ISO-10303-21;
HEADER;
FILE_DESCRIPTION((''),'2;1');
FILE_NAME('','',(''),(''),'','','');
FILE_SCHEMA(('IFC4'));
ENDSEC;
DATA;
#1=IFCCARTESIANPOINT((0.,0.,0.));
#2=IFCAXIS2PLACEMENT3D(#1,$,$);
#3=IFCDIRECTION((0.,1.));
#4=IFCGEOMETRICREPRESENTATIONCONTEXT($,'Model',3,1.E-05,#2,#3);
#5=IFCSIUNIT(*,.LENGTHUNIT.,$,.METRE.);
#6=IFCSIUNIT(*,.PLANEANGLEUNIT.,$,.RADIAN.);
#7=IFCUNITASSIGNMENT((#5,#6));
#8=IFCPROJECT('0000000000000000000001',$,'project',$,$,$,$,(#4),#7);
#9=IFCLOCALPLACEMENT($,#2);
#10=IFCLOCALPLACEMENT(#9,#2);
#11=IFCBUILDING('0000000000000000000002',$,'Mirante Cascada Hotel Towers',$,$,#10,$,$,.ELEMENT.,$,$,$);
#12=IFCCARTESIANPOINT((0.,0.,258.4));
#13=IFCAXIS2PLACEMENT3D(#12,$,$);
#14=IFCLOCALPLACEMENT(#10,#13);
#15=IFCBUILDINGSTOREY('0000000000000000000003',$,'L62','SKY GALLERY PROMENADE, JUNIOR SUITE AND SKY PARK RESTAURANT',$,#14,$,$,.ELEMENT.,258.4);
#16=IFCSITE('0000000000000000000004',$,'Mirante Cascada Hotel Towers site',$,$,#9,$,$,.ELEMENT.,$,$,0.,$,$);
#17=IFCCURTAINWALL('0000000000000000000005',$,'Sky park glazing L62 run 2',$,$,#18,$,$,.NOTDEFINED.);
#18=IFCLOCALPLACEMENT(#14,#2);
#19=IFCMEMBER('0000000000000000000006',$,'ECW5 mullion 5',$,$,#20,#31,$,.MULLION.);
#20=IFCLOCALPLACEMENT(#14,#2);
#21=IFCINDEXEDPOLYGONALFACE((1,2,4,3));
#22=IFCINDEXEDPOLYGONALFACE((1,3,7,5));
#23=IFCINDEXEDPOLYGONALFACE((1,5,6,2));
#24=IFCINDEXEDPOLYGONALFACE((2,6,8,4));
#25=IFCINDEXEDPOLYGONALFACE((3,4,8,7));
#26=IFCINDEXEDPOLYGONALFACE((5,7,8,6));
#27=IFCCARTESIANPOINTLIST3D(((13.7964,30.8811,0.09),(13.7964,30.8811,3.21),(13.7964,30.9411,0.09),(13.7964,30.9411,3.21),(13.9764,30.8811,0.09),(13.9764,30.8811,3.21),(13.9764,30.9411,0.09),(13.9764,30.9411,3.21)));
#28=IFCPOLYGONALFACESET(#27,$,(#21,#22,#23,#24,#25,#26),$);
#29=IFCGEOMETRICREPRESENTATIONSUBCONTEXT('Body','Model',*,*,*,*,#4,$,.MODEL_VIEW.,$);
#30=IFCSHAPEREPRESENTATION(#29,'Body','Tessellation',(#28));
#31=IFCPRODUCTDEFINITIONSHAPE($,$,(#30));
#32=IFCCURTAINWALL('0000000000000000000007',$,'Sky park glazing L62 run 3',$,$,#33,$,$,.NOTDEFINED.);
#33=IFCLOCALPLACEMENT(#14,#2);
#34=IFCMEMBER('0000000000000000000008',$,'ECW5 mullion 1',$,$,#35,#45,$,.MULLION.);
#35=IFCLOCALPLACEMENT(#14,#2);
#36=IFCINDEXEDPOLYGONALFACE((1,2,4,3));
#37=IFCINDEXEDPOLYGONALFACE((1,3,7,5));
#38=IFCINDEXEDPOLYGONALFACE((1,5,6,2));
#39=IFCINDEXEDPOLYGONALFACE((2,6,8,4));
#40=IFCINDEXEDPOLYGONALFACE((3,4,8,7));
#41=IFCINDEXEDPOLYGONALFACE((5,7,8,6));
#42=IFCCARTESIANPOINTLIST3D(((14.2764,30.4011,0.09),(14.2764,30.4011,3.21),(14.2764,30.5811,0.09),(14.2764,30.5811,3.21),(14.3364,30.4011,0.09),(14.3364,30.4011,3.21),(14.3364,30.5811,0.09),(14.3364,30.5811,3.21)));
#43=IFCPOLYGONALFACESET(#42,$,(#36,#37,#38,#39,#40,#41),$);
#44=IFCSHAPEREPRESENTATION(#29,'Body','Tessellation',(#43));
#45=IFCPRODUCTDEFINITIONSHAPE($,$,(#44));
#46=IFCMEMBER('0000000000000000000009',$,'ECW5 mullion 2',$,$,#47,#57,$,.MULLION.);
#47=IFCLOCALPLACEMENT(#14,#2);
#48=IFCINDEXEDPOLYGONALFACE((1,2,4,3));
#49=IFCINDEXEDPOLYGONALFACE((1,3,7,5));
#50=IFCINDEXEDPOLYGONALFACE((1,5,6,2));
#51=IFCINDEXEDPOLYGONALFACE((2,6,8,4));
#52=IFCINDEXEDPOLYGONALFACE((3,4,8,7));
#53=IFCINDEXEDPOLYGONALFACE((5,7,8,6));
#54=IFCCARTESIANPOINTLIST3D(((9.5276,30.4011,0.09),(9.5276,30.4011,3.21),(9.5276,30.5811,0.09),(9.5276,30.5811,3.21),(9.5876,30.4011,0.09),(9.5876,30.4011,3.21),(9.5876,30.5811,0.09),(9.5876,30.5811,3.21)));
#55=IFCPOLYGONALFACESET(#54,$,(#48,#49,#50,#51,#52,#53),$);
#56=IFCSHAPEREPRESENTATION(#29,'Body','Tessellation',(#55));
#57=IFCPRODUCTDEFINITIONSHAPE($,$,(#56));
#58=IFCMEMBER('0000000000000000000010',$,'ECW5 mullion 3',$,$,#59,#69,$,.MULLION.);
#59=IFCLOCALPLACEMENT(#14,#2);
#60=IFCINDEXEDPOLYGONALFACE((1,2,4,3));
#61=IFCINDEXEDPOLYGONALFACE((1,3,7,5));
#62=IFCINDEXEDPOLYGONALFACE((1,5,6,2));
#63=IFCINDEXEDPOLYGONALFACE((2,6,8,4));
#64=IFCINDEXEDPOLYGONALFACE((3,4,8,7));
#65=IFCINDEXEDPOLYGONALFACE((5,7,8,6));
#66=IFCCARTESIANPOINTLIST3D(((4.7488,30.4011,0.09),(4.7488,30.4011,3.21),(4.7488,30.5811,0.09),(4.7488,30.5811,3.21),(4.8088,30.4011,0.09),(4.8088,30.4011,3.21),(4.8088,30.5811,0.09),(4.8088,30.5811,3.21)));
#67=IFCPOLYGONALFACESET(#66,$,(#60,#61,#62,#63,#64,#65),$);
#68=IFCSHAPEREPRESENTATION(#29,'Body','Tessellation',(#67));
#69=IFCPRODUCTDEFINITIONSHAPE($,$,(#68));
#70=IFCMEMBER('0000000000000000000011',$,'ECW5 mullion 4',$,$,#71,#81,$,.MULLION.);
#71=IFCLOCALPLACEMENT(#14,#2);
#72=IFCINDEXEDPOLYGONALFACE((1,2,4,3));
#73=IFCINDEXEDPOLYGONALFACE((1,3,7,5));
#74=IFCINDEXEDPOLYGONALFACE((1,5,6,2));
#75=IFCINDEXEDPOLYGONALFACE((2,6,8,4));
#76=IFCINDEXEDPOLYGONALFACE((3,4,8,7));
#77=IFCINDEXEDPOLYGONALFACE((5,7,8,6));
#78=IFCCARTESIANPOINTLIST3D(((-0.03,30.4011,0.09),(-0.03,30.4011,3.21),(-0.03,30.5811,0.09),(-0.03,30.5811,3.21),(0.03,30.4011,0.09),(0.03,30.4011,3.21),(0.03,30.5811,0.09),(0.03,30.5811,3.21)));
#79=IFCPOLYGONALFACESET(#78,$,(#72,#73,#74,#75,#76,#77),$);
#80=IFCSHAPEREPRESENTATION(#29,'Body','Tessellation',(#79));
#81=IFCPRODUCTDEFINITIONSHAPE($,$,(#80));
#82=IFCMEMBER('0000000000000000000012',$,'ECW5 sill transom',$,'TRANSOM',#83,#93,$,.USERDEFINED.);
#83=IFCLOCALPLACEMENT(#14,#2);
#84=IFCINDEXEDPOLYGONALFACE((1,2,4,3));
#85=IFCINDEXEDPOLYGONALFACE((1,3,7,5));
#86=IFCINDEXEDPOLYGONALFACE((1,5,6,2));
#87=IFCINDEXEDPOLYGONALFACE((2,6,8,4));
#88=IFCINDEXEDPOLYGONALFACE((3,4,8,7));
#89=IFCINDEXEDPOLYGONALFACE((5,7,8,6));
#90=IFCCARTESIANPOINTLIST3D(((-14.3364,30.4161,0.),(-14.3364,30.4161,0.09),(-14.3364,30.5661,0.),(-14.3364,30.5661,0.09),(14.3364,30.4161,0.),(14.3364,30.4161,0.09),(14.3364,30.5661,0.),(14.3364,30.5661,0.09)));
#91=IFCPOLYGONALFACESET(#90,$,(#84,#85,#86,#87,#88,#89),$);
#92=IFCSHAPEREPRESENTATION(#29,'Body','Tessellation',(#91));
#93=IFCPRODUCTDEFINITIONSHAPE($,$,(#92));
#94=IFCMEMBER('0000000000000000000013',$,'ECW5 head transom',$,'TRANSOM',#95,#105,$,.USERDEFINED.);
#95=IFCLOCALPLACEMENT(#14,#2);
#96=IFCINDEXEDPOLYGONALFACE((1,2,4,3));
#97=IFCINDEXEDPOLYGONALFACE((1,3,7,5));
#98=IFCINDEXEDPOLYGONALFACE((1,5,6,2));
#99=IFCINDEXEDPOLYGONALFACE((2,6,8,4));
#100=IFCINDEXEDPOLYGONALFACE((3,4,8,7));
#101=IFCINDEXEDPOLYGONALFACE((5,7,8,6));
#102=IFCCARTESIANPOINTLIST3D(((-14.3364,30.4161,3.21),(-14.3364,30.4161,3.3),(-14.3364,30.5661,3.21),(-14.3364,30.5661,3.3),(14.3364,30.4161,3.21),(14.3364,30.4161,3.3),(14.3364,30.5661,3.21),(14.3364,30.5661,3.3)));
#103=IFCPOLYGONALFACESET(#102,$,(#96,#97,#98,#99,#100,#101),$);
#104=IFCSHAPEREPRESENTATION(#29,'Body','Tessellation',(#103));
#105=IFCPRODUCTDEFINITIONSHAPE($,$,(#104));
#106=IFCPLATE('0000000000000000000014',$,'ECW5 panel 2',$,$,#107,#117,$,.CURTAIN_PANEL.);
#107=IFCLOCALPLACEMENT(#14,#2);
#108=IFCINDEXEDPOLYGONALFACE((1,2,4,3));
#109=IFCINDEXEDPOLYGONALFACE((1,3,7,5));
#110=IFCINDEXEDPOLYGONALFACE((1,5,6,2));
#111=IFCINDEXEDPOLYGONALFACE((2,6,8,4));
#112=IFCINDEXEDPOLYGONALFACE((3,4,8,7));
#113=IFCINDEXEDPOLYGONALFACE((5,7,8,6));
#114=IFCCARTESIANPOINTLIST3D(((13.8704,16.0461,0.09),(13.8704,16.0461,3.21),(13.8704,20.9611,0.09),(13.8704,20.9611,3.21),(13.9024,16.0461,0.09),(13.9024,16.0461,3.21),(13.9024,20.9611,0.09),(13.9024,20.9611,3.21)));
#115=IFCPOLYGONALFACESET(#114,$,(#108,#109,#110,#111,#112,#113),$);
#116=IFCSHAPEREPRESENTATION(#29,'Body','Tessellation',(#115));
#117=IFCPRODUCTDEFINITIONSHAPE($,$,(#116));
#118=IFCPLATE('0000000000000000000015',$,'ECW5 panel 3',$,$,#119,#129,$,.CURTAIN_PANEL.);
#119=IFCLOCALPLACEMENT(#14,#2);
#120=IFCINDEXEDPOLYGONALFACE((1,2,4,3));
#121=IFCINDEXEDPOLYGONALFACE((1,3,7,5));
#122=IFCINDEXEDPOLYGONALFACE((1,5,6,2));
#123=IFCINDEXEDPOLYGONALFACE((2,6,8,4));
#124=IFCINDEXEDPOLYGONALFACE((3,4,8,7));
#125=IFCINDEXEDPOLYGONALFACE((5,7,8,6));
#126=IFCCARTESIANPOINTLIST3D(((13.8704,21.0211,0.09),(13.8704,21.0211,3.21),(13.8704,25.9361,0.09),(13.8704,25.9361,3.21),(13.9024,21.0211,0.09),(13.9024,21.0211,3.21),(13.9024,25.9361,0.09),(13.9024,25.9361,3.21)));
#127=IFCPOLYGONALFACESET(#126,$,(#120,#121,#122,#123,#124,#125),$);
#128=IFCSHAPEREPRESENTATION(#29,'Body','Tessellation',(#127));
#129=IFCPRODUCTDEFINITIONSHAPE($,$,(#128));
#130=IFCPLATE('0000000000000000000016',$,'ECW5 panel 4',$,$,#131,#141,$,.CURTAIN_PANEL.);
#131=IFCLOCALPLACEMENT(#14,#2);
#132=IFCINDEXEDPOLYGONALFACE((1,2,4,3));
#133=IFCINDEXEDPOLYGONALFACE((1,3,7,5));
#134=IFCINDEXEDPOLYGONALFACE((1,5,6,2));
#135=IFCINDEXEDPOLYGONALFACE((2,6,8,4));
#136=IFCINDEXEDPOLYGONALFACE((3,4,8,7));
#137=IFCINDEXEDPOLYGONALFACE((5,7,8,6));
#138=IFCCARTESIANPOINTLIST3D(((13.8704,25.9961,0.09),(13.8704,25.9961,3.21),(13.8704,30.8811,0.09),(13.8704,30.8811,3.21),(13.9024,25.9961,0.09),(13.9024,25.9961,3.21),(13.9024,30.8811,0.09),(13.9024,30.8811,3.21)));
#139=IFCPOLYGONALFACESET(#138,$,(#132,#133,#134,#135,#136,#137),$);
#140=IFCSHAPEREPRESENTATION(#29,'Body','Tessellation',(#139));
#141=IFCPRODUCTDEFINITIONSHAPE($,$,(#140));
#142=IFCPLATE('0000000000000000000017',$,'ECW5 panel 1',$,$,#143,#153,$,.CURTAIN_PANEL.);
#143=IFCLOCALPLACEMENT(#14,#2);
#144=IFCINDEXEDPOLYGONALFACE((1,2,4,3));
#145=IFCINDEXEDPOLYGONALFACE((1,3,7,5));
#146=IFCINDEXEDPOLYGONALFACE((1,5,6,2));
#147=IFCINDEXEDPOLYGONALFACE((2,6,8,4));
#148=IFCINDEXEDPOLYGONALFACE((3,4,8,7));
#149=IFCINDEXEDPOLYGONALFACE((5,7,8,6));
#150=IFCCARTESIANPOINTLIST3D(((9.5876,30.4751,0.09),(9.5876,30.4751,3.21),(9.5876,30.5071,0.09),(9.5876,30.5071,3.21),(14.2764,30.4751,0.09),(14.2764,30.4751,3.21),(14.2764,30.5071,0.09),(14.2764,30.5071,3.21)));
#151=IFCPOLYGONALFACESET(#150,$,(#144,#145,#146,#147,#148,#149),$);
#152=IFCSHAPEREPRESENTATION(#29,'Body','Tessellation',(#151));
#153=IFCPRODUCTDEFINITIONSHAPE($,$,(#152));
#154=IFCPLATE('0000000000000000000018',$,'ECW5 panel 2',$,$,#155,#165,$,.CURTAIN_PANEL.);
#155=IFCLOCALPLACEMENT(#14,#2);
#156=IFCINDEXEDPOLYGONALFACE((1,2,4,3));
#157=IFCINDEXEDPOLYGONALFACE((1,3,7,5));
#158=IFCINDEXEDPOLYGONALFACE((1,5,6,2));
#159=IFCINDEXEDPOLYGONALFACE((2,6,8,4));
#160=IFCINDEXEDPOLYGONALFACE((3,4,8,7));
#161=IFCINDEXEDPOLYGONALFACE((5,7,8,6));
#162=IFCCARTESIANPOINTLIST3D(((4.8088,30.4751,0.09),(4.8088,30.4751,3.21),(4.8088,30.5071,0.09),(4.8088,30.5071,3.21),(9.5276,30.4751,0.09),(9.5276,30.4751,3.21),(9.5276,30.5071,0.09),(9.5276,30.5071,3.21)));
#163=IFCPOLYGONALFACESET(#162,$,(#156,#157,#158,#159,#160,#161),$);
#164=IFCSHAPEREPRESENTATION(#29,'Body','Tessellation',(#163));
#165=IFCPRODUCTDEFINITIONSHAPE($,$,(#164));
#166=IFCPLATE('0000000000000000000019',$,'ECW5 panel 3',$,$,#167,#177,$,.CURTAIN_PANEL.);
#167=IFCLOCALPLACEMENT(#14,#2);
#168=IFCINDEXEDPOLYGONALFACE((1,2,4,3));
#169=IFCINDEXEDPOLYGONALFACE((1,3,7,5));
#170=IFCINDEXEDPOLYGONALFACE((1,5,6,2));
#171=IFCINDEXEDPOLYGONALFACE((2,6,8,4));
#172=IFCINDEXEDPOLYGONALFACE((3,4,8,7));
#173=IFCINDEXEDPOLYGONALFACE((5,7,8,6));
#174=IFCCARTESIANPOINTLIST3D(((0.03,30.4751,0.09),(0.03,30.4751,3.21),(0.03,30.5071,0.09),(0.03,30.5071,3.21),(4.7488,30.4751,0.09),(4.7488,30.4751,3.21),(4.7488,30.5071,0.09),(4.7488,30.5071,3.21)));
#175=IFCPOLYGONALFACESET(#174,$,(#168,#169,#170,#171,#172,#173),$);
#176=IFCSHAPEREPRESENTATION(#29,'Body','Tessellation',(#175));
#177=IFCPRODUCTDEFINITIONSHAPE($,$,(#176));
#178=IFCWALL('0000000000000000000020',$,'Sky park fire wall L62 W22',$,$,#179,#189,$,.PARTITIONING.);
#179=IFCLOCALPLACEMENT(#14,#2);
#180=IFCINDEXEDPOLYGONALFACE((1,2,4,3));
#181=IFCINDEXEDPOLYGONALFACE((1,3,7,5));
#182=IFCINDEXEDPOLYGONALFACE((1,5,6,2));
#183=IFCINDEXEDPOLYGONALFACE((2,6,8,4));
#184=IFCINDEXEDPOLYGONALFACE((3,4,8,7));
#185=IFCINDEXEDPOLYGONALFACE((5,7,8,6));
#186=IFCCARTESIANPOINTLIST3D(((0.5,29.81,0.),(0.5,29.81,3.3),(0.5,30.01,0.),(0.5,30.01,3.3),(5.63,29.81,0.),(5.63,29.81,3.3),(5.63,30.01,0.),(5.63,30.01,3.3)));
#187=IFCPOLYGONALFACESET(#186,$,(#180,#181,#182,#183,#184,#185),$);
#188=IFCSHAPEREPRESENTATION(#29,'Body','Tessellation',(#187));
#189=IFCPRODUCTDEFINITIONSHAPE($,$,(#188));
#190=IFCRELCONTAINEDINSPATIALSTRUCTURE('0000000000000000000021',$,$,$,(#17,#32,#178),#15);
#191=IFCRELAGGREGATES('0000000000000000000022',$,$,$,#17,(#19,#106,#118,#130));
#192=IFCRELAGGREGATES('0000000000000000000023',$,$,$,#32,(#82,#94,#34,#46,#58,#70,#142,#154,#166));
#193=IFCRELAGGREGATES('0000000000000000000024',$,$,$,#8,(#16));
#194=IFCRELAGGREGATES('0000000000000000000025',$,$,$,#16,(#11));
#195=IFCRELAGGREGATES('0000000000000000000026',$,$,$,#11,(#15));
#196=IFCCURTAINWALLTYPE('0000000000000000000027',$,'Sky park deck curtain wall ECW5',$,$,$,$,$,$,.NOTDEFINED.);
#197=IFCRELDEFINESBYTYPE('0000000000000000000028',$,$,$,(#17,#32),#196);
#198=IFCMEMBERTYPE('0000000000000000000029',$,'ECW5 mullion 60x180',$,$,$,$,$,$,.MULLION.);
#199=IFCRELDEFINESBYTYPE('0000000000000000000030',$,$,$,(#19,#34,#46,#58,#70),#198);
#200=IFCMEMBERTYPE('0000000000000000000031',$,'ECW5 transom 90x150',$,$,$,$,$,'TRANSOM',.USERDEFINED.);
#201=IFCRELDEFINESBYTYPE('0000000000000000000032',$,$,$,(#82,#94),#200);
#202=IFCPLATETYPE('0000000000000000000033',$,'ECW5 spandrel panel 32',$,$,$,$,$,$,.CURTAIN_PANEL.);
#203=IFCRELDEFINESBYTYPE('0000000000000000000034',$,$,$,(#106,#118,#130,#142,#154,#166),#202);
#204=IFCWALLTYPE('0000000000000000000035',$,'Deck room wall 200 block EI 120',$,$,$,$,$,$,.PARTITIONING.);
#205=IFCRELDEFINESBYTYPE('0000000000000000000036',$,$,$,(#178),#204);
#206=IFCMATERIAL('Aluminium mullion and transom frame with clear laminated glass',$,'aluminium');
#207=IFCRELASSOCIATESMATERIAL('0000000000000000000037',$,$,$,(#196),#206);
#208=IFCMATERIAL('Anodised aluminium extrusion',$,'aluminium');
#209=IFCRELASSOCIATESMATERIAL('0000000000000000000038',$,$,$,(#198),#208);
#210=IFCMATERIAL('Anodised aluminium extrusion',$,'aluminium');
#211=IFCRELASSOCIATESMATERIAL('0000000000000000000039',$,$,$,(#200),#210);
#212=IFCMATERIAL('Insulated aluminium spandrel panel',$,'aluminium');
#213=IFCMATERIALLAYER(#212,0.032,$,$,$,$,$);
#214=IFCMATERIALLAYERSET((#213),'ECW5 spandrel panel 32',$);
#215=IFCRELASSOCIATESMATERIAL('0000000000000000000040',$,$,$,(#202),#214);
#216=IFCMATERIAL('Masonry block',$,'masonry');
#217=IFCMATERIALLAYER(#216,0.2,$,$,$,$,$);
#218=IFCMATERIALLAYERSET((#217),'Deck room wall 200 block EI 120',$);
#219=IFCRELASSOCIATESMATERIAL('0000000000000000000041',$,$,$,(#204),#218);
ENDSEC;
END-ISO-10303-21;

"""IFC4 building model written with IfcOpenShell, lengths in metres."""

from ifc_helpers import new_model, si_unit, direction, frame, frame_2d, origin, origin_2d, place, context, subcontext, project, spatial, rectangle, extrude, material, layer, layer_set, material_profile, profile_set, type_object, element, aggregate, save


model = new_model("IFC4")

# Units and contexts
model_context = context("Model", 3, precision=1e-05, world=origin(), true_north=direction((0.0, 1.0)))
body_context = subcontext(model_context, "Body", "Model", "MODEL_VIEW")
ifc_project = project(units=[si_unit("LENGTHUNIT", "METRE"), si_unit("PLANEANGLEUNIT", "RADIAN")], contexts=[model_context])

# Site, building, storey
site_placement = place(None, origin())
site = spatial("IfcSite", under=ifc_project, at=site_placement, Name="Mirante Cascada Hotel Towers site", CompositionType="ELEMENT", RefElevation=0.0)
building_placement = place(site_placement, origin())
building = spatial("IfcBuilding", under=site, at=building_placement, Name="Mirante Cascada Hotel Towers", CompositionType="ELEMENT")
storey_placement = place(building_placement, frame((0.0, 0.0, 258.4)))
storey = spatial("IfcBuildingStorey", under=building, at=storey_placement, Name="L62", Description="SKY GALLERY PROMENADE, JUNIOR SUITE AND SKY PARK RESTAURANT", CompositionType="ELEMENT", Elevation=258.4)

# Curtain walls, members
ifc_material_1 = material(Name="Aluminium mullion and transom frame with clear laminated glass", Category="aluminium")
curtain_wall_type = type_object("IfcCurtainWallType", Name="Sky park deck curtain wall ECW5", PredefinedType="NOTDEFINED", material=ifc_material_1)
curtain_wall_1_placement = place(storey_placement, origin())
curtain_wall_1 = element("IfcCurtainWall", 1, at=curtain_wall_1_placement, inside=storey, type_object=curtain_wall_type, Name="Sky park glazing L62 run 2", PredefinedType="NOTDEFINED")
ifc_material_2 = material(Name="Anodised aluminium extrusion", Category="aluminium")
ifc_material_profile_1 = material_profile(ifc_material_2, rectangle(XDim=0.18, YDim=0.06, at=origin_2d()), Name="ECW5 MULLION 60x180")
ifc_profile_set_1 = profile_set([ifc_material_profile_1], Name="Anodised aluminium extrusion")
member_type_1 = type_object("IfcMemberType", Name="ECW5 mullion 60x180", PredefinedType="MULLION", material=ifc_profile_set_1)
member_1_placement = place(storey_placement, frame((13.8864, 30.9111, 0.09), z_axis=(0.0, 0.0, 1.0), x_axis=(-1.0, 0.0, 0.0)))
member_1 = element("IfcMember", 2, at=member_1_placement, type_object=member_type_1, Name="ECW5 mullion 5", PredefinedType="MULLION", context=body_context, shape_type="SweptSolid", body=[
    extrude(rectangle(XDim=0.18, YDim=0.06, at=origin_2d()), origin(), (0.0, 0.0, 1.0), 3.12),
])
curtain_wall_2_placement = place(storey_placement, origin())
curtain_wall_2 = element("IfcCurtainWall", 3, at=curtain_wall_2_placement, inside=storey, type_object=curtain_wall_type, Name="Sky park glazing L62 run 3", PredefinedType="NOTDEFINED")
member_2_placement = place(storey_placement, frame((14.3064, 30.4911, 0.09), z_axis=(0.0, 0.0, 1.0), x_axis=(0.0, -1.0, 0.0)))
member_2 = element("IfcMember", 4, at=member_2_placement, type_object=member_type_1, Name="ECW5 mullion 1", PredefinedType="MULLION", context=body_context, shape_type="SweptSolid", body=[
    extrude(rectangle(XDim=0.18, YDim=0.06, at=origin_2d()), origin(), (0.0, 0.0, 1.0), 3.12),
])
member_3_placement = place(storey_placement, frame((9.5576, 30.4911, 0.09), z_axis=(0.0, 0.0, 1.0), x_axis=(0.0, -1.0, 0.0)))
member_3 = element("IfcMember", 5, at=member_3_placement, type_object=member_type_1, Name="ECW5 mullion 2", PredefinedType="MULLION", context=body_context, shape_type="SweptSolid", body=[
    extrude(rectangle(XDim=0.18, YDim=0.06, at=origin_2d()), origin(), (0.0, 0.0, 1.0), 3.12),
])
member_4_placement = place(storey_placement, frame((4.7788, 30.4911, 0.09), z_axis=(0.0, 0.0, 1.0), x_axis=(0.0, -1.0, 0.0)))
member_4 = element("IfcMember", 6, at=member_4_placement, type_object=member_type_1, Name="ECW5 mullion 3", PredefinedType="MULLION", context=body_context, shape_type="SweptSolid", body=[
    extrude(rectangle(XDim=0.18, YDim=0.06, at=origin_2d()), origin(), (0.0, 0.0, 1.0), 3.12),
])
member_5_placement = place(storey_placement, frame((0.0, 30.4911, 0.09), z_axis=(0.0, 0.0, 1.0), x_axis=(0.0, -1.0, 0.0)))
member_5 = element("IfcMember", 7, at=member_5_placement, type_object=member_type_1, Name="ECW5 mullion 4", PredefinedType="MULLION", context=body_context, shape_type="SweptSolid", body=[
    extrude(rectangle(XDim=0.18, YDim=0.06, at=origin_2d()), origin(), (0.0, 0.0, 1.0), 3.12),
])
ifc_material_3 = material(Name="Anodised aluminium extrusion", Category="aluminium")
ifc_material_profile_2 = material_profile(ifc_material_3, rectangle(XDim=0.15, YDim=0.09, at=origin_2d()), Name="ECW5 TRANSOM 90x150")
ifc_profile_set_2 = profile_set([ifc_material_profile_2], Name="Anodised aluminium extrusion")
member_type_2 = type_object("IfcMemberType", Name="ECW5 transom 90x150", ElementType="TRANSOM", PredefinedType="USERDEFINED", material=ifc_profile_set_2)
member_6_placement = place(storey_placement, frame((14.3364, 30.4911, 0.045), z_axis=(-1.0, 0.0, 0.0), x_axis=(0.0, -1.0, 0.0)))
member_6 = element("IfcMember", 8, at=member_6_placement, type_object=member_type_2, Name="ECW5 sill transom", ObjectType="TRANSOM", PredefinedType="USERDEFINED", context=body_context, shape_type="SweptSolid", body=[
    extrude(rectangle(XDim=0.15, YDim=0.09, at=origin_2d()), origin(), (0.0, 0.0, 1.0), 28.6728),
])
member_7_placement = place(storey_placement, frame((14.3364, 30.4911, 3.255), z_axis=(-1.0, 0.0, 0.0), x_axis=(0.0, -1.0, 0.0)))
member_7 = element("IfcMember", 9, at=member_7_placement, type_object=member_type_2, Name="ECW5 head transom", ObjectType="TRANSOM", PredefinedType="USERDEFINED", context=body_context, shape_type="SweptSolid", body=[
    extrude(rectangle(XDim=0.15, YDim=0.09, at=origin_2d()), origin(), (0.0, 0.0, 1.0), 28.6728),
])

# Plates
ifc_material_4 = material(Name="Insulated aluminium spandrel panel", Category="aluminium")
ifc_layer_1 = layer(ifc_material_4, 0.032)
ifc_layer_set_1 = layer_set([ifc_layer_1], Name="ECW5 spandrel panel 32")
plate_type = type_object("IfcPlateType", Name="ECW5 spandrel panel 32", PredefinedType="CURTAIN_PANEL", material=ifc_layer_set_1)
plate_1_placement = place(storey_placement, frame((13.8864, 18.5036, 0.09), z_axis=(0.0, 0.0, 1.0), x_axis=(0.0, 1.0, 0.0)))
plate_1 = element("IfcPlate", 10, at=plate_1_placement, type_object=plate_type, Name="ECW5 panel 2", PredefinedType="CURTAIN_PANEL", context=body_context, shape_type="SweptSolid", body=[
    extrude(rectangle(XDim=4.915, YDim=0.032, at=origin_2d()), origin(), (0.0, 0.0, 1.0), 3.12),
])
plate_2_placement = place(storey_placement, frame((13.8864, 23.4786, 0.09), z_axis=(0.0, 0.0, 1.0), x_axis=(0.0, 1.0, 0.0)))
plate_2 = element("IfcPlate", 11, at=plate_2_placement, type_object=plate_type, Name="ECW5 panel 3", PredefinedType="CURTAIN_PANEL", context=body_context, shape_type="SweptSolid", body=[
    extrude(rectangle(XDim=4.915, YDim=0.032, at=origin_2d()), origin(), (0.0, 0.0, 1.0), 3.12),
])
plate_3_placement = place(storey_placement, frame((13.8864, 28.4386, 0.09), z_axis=(0.0, 0.0, 1.0), x_axis=(0.0, 1.0, 0.0)))
plate_3 = element("IfcPlate", 12, at=plate_3_placement, type_object=plate_type, Name="ECW5 panel 4", PredefinedType="CURTAIN_PANEL", context=body_context, shape_type="SweptSolid", body=[
    extrude(rectangle(XDim=4.885, YDim=0.032, at=origin_2d()), origin(), (0.0, 0.0, 1.0), 3.12),
])
aggregate(curtain_wall_1, [member_1, plate_1, plate_2, plate_3])
plate_4_placement = place(storey_placement, frame((11.932, 30.4911, 0.09), z_axis=(0.0, 0.0, 1.0), x_axis=(-1.0, 0.0, 0.0)))
plate_4 = element("IfcPlate", 13, at=plate_4_placement, type_object=plate_type, Name="ECW5 panel 1", PredefinedType="CURTAIN_PANEL", context=body_context, shape_type="SweptSolid", body=[
    extrude(rectangle(XDim=4.6888, YDim=0.032, at=origin_2d()), origin(), (0.0, 0.0, 1.0), 3.12),
])
plate_5_placement = place(storey_placement, frame((7.1682, 30.4911, 0.09), z_axis=(0.0, 0.0, 1.0), x_axis=(-1.0, 0.0, 0.0)))
plate_5 = element("IfcPlate", 14, at=plate_5_placement, type_object=plate_type, Name="ECW5 panel 2", PredefinedType="CURTAIN_PANEL", context=body_context, shape_type="SweptSolid", body=[
    extrude(rectangle(XDim=4.7188, YDim=0.032, at=origin_2d()), origin(), (0.0, 0.0, 1.0), 3.12),
])
plate_6_placement = place(storey_placement, frame((2.3894, 30.4911, 0.09), z_axis=(0.0, 0.0, 1.0), x_axis=(-1.0, 0.0, 0.0)))
plate_6 = element("IfcPlate", 15, at=plate_6_placement, type_object=plate_type, Name="ECW5 panel 3", PredefinedType="CURTAIN_PANEL", context=body_context, shape_type="SweptSolid", body=[
    extrude(rectangle(XDim=4.7188, YDim=0.032, at=origin_2d()), origin(), (0.0, 0.0, 1.0), 3.12),
])
aggregate(curtain_wall_2, [member_6, member_7, member_2, member_3, member_4, member_5, plate_4, plate_5, plate_6])

# Wall
ifc_material_5 = material(Name="Masonry block", Category="masonry")
ifc_layer_2 = layer(ifc_material_5, 0.2)
ifc_layer_set_2 = layer_set([ifc_layer_2], Name="Deck room wall 200 block EI 120")
wall_type = type_object("IfcWallType", Name="Deck room wall 200 block EI 120", PredefinedType="PARTITIONING", material=ifc_layer_set_2)
wall_1_placement = place(storey_placement, frame((0.5, 29.91, 0.0), z_axis=(0.0, 0.0, 1.0), x_axis=(1.0, 0.0, 0.0)))
element("IfcWall", 16, at=wall_1_placement, inside=storey, type_object=wall_type, Name="Sky park fire wall L62 W22", PredefinedType="PARTITIONING", context=body_context, shape_type="SweptSolid", body=[
    extrude(rectangle(XDim=5.13, YDim=0.2, at=frame_2d((2.565, 0.0))), origin(), (0.0, 0.0, 1.0), 3.3),
])

save(model, "model.ifc")
